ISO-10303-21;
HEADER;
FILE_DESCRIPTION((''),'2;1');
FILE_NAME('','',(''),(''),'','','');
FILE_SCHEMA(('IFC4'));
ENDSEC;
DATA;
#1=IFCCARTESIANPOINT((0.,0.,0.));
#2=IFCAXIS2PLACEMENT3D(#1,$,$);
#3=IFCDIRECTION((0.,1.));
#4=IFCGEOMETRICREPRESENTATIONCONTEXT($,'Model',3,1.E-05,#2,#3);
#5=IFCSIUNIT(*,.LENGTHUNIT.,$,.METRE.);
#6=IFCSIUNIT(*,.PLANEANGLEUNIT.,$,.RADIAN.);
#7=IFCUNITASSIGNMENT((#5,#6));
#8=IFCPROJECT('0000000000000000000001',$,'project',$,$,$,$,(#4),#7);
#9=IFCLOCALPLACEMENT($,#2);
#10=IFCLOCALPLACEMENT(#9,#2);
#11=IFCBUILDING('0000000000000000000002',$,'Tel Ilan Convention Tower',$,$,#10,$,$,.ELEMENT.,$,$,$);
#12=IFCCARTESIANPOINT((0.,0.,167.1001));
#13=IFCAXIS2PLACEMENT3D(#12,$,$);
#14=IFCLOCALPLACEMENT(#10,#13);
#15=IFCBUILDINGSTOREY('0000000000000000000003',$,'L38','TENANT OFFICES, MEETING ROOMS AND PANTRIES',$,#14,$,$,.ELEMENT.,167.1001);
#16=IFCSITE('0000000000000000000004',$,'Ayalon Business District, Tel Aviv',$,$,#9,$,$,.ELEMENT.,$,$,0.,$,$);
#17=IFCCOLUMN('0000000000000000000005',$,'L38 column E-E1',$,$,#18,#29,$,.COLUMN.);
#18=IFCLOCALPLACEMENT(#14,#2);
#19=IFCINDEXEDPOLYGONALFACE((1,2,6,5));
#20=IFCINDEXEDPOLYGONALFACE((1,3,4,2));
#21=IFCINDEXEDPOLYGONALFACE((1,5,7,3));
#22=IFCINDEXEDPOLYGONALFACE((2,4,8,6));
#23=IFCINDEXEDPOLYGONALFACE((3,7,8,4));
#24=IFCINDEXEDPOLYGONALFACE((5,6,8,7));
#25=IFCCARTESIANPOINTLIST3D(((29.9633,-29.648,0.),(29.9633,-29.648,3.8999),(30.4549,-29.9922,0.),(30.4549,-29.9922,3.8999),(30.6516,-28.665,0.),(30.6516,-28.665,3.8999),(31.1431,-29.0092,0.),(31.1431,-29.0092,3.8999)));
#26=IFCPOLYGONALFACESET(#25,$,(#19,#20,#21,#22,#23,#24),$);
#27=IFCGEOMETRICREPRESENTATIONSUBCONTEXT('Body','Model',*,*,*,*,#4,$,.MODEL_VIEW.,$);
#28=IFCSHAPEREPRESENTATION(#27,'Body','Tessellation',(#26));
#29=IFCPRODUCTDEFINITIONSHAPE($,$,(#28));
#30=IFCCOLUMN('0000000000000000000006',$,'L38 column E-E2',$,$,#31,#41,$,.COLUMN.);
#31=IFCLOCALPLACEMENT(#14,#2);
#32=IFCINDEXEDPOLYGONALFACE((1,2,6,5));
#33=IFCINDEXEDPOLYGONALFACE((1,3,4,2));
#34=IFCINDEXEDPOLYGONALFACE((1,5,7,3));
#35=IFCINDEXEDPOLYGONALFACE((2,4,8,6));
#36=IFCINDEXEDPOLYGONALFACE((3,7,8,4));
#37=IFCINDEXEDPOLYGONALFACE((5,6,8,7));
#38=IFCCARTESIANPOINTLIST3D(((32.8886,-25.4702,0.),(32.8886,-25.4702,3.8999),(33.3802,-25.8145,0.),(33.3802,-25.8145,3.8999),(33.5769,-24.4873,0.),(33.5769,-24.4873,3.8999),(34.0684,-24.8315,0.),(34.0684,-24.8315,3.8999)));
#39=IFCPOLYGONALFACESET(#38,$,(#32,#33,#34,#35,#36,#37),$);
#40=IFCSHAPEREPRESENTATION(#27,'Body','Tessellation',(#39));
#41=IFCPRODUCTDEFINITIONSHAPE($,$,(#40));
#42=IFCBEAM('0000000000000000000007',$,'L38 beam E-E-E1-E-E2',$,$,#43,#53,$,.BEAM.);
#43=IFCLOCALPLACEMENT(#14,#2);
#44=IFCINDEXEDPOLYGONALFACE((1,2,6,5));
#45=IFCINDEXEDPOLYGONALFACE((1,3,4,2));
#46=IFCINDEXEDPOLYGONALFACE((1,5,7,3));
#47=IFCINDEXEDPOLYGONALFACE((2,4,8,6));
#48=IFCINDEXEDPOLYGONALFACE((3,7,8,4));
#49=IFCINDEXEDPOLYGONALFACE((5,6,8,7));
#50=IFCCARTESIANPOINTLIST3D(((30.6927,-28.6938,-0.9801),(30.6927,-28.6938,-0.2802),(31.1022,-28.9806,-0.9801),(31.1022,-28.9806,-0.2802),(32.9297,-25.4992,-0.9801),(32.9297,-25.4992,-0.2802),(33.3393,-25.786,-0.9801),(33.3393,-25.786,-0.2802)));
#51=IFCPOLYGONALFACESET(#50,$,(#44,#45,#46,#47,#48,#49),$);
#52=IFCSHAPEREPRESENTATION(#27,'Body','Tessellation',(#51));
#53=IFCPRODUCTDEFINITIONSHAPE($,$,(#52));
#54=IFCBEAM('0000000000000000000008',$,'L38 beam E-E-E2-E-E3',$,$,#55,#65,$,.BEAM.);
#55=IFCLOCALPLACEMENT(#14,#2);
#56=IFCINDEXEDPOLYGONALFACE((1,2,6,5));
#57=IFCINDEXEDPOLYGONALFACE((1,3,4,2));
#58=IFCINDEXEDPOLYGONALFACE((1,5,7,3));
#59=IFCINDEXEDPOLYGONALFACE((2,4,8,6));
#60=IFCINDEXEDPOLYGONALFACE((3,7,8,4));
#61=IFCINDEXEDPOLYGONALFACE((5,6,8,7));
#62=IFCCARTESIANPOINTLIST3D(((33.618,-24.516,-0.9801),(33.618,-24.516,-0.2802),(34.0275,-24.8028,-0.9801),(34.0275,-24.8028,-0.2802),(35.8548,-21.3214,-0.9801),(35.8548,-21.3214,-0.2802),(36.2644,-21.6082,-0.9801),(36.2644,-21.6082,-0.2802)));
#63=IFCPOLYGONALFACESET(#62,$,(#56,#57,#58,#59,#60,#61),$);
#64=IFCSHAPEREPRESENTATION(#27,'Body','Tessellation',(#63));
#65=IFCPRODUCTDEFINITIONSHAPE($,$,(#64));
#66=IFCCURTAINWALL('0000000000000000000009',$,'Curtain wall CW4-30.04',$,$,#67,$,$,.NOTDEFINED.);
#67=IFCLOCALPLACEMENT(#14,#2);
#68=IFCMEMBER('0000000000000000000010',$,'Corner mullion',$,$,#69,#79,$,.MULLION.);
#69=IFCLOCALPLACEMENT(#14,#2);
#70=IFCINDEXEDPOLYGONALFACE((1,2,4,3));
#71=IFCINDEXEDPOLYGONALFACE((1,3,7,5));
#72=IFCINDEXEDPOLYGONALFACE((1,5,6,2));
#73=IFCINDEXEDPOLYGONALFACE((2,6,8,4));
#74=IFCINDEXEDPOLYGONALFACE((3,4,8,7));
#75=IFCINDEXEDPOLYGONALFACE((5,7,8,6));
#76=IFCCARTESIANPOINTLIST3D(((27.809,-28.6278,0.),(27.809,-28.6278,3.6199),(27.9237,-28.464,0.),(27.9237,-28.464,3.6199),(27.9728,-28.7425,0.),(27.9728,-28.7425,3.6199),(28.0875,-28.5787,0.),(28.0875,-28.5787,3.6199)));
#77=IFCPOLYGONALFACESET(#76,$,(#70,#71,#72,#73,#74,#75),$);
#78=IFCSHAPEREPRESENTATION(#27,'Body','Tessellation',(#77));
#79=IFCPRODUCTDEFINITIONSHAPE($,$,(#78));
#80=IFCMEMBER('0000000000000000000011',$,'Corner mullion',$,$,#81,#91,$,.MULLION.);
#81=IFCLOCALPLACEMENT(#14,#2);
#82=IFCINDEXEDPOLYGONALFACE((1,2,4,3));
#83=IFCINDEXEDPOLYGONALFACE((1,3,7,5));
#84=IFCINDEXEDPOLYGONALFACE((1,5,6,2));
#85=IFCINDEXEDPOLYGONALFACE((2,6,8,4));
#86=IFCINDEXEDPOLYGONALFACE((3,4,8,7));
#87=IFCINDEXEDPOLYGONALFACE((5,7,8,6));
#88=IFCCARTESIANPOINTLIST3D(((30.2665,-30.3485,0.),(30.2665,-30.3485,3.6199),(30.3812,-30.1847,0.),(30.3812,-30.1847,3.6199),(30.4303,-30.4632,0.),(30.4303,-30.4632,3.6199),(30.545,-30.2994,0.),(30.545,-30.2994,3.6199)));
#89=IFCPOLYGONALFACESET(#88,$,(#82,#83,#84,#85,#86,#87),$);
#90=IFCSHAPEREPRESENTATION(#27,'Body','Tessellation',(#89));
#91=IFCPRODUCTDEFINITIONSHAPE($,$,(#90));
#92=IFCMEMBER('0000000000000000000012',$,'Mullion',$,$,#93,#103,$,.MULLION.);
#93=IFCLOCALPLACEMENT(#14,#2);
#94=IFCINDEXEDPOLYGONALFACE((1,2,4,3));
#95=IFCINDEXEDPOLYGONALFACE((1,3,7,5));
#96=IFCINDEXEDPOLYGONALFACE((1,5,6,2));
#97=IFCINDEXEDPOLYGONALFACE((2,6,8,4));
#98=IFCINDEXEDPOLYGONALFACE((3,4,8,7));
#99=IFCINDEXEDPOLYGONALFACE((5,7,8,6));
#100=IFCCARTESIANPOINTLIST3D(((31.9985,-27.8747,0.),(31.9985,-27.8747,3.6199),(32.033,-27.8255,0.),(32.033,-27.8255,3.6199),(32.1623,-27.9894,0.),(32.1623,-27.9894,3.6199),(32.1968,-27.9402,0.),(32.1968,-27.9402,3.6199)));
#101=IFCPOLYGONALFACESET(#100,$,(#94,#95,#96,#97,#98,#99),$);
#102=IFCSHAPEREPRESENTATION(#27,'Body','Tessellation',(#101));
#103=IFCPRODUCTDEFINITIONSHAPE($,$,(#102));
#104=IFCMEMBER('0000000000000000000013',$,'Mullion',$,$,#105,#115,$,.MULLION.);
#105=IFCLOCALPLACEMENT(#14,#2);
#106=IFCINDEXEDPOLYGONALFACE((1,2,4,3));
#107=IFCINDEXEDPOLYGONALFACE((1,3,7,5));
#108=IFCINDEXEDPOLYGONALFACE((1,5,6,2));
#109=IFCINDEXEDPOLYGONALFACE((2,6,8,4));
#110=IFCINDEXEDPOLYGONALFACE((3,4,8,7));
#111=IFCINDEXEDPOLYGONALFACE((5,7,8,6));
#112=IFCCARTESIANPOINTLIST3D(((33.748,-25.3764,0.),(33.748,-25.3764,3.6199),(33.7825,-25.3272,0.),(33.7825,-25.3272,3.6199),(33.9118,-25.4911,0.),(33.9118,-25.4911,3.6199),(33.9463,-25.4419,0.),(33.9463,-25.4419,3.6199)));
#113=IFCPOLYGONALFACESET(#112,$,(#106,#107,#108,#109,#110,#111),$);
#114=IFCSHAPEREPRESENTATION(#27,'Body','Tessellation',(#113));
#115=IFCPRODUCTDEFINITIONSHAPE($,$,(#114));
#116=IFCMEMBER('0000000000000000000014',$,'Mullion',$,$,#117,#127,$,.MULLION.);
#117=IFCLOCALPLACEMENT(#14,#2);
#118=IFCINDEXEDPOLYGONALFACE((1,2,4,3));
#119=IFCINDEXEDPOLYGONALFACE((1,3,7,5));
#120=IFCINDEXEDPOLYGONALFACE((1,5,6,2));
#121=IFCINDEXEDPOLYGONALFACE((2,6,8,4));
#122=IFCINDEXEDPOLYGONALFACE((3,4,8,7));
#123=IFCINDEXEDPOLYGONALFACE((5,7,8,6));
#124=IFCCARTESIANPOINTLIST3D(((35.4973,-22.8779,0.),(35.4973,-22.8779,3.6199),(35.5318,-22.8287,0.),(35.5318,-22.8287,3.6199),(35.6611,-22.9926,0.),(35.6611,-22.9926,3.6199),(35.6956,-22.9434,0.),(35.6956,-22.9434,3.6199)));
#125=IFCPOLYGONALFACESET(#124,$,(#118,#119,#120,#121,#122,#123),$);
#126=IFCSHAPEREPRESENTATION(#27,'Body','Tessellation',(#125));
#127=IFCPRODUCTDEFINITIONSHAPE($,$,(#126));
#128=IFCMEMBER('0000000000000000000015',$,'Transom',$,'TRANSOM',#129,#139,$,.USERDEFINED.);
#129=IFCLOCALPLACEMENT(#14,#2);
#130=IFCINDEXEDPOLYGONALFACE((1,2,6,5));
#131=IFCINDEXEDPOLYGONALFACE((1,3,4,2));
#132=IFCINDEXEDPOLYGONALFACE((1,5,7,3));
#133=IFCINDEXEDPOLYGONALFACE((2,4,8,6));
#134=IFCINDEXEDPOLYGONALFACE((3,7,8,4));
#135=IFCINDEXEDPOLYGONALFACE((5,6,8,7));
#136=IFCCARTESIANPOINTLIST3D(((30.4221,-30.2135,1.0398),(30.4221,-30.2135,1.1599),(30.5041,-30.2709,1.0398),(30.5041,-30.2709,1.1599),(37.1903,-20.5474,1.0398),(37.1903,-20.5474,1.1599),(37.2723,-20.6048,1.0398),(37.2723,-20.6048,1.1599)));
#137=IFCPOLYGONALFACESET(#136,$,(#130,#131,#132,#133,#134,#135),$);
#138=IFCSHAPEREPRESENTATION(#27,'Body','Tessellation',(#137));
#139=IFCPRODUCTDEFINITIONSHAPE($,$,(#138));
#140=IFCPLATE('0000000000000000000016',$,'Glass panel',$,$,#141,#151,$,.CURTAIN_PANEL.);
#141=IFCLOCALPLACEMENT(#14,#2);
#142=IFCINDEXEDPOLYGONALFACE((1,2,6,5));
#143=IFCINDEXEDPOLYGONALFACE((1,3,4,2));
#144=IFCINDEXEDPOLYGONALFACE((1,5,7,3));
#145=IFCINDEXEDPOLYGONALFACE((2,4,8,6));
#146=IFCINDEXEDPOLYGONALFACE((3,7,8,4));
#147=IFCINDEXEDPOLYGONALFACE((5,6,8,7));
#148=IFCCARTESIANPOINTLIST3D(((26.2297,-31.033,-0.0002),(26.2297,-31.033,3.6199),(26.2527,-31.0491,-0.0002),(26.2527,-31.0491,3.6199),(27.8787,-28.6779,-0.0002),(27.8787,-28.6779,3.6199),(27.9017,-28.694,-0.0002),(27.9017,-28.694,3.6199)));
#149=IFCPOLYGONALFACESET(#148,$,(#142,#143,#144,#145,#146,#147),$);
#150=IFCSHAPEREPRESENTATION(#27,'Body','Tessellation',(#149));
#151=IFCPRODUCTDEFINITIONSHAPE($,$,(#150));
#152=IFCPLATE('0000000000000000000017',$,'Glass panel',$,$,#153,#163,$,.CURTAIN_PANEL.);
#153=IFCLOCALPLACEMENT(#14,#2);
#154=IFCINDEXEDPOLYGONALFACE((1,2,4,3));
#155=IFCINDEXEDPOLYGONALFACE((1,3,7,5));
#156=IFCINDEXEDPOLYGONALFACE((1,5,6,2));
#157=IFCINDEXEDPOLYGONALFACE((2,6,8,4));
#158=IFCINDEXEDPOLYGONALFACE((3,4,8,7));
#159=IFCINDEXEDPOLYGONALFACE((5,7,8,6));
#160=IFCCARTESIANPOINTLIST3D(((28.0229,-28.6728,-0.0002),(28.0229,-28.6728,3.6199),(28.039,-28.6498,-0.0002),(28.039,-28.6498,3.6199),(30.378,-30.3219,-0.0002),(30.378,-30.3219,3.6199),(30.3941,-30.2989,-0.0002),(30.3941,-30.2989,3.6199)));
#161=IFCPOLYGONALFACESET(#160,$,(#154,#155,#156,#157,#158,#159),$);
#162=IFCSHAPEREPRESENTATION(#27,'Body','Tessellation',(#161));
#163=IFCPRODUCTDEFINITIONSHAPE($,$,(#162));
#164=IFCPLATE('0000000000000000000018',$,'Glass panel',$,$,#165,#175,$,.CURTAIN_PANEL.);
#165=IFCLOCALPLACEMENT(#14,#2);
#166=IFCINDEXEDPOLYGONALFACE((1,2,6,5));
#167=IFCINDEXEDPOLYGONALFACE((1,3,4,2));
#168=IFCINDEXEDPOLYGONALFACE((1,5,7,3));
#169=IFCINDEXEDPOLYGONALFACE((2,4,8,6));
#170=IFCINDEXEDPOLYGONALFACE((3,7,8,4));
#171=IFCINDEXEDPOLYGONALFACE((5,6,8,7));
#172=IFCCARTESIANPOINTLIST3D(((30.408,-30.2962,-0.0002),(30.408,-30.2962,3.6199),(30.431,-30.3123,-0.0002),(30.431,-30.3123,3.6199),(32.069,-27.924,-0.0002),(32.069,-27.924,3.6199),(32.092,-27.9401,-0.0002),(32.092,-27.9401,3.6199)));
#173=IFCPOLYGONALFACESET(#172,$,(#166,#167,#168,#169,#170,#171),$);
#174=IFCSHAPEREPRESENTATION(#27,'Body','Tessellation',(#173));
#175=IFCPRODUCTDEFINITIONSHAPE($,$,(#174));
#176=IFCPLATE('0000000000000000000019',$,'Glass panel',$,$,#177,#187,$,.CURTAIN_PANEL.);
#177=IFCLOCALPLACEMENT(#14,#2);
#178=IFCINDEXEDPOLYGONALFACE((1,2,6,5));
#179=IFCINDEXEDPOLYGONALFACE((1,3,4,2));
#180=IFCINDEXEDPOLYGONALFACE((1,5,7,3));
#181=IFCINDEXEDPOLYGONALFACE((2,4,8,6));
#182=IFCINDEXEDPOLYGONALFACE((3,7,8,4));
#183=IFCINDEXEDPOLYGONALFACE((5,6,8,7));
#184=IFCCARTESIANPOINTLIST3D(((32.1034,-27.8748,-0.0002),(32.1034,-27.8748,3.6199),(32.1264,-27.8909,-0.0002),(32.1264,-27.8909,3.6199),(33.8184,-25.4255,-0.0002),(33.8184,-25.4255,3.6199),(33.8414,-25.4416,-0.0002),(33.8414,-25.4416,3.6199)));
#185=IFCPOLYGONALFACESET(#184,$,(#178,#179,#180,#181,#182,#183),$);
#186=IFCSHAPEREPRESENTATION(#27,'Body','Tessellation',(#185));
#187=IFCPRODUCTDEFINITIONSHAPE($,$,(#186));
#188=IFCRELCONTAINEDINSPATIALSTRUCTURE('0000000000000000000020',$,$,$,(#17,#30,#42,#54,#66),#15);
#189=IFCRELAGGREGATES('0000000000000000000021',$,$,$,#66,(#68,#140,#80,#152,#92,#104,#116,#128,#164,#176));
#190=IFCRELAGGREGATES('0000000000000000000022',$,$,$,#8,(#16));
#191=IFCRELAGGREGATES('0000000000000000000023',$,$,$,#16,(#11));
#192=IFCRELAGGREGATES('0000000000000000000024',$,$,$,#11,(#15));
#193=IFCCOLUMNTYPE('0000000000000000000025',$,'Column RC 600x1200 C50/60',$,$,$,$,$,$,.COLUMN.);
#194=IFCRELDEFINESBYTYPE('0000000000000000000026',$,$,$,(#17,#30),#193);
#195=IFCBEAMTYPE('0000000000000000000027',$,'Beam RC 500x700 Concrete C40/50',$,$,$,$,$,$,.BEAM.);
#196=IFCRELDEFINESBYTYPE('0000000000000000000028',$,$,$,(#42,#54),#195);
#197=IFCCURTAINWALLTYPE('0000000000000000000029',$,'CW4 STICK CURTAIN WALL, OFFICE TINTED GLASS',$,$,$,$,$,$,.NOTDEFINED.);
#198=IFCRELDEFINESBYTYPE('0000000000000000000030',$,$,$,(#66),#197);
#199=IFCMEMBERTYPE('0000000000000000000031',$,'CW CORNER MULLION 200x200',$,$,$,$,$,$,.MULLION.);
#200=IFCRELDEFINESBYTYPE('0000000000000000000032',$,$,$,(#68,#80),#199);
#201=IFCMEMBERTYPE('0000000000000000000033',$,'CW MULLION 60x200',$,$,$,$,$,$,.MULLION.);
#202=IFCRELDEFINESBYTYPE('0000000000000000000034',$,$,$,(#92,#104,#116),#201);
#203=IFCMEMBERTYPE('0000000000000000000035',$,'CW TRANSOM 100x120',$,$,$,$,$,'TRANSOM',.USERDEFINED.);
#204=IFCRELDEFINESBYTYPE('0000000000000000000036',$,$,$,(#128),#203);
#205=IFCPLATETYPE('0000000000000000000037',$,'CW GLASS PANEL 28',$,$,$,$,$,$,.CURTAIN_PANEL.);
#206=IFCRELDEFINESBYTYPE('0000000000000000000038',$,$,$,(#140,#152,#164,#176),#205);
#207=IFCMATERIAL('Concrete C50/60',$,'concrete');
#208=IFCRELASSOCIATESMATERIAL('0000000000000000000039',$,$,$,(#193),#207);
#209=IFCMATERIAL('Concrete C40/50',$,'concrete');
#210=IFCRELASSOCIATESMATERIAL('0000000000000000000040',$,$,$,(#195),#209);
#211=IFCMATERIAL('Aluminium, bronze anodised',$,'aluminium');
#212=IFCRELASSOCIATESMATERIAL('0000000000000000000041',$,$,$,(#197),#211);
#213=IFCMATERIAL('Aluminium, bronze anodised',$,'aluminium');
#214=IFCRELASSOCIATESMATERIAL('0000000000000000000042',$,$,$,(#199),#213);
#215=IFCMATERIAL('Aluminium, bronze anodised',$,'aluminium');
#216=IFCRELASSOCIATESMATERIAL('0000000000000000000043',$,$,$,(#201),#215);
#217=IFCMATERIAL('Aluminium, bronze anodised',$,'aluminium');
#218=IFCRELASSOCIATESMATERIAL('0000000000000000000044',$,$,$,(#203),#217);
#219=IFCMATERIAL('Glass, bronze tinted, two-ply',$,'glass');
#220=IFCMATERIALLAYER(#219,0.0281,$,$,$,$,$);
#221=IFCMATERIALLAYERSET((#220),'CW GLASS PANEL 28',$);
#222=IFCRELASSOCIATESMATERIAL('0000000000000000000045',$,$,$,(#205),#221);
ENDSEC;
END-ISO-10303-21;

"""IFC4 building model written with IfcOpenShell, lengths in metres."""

from ifc_helpers import new_model, si_unit, direction, frame, origin, origin_2d, place, context, subcontext, project, spatial, rectangle, extrude, material, layer, layer_set, material_profile, profile_set, type_object, element, aggregate, save


model = new_model("IFC4")

# Units and contexts
model_context = context("Model", 3, precision=1e-05, world=origin(), true_north=direction((0.0, 1.0)))
body_context = subcontext(model_context, "Body", "Model", "MODEL_VIEW")
ifc_project = project(units=[si_unit("LENGTHUNIT", "METRE"), si_unit("PLANEANGLEUNIT", "RADIAN")], contexts=[model_context])

# Site, building, storey
site_placement = place(None, origin())
site = spatial("IfcSite", under=ifc_project, at=site_placement, Name="Ayalon Business District, Tel Aviv", CompositionType="ELEMENT", RefElevation=0.0)
building_placement = place(site_placement, origin())
building = spatial("IfcBuilding", under=site, at=building_placement, Name="Tel Ilan Convention Tower", CompositionType="ELEMENT")
storey_placement = place(building_placement, frame((0.0, 0.0, 167.1001)))
storey = spatial("IfcBuildingStorey", under=building, at=storey_placement, Name="L38", Description="TENANT OFFICES, MEETING ROOMS AND PANTRIES", CompositionType="ELEMENT", Elevation=167.1001)

# Columns
ifc_material_1 = material(Name="Concrete C50/60", Category="concrete")
ifc_material_profile_1 = material_profile(ifc_material_1, rectangle(XDim=1.2, YDim=0.6001, at=origin_2d()), Name="RC 600x1200")
ifc_profile_set_1 = profile_set([ifc_material_profile_1], Name="Concrete C50/60")
column_type = type_object("IfcColumnType", Name="Column RC 600x1200 C50/60", PredefinedType="COLUMN", material=ifc_profile_set_1)
for number, where, z_axis, x_axis, name in (
    (1, (30.5532, -29.3286, 0.0), (0.0, 0.0, 1.0), (0.573576, 0.819152, 0.0), "L38 column E-E1"),
    (2, (33.4785, -25.1509, 0.0), (0.0, 0.0, 1.0), (0.573576, 0.819152, 0.0), "L38 column E-E2"),
):
    element("IfcColumn", number, at=place(storey_placement, frame(where, z_axis=z_axis, x_axis=x_axis)), inside=storey, type_object=column_type, Name=name, PredefinedType="COLUMN", context=body_context, shape_type="SweptSolid", body=[
        extrude(rectangle(XDim=1.2, YDim=0.6001, at=origin_2d()), origin(), (0.0, 0.0, 1.0), 3.8999),
    ])

# Beams
ifc_material_2 = material(Name="Concrete C40/50", Category="concrete")
ifc_material_profile_2 = material_profile(ifc_material_2, rectangle(XDim=0.5, YDim=0.7, at=origin_2d()), Name="RC 500x700")
ifc_profile_set_2 = profile_set([ifc_material_profile_2], Name="Concrete C40/50")
beam_type = type_object("IfcBeamType", Name="Beam RC 500x700 Concrete C40/50", PredefinedType="BEAM", material=ifc_profile_set_2)
for number, where, z_axis, x_axis, name in (
    (3, (30.8975, -28.8372, -0.6301), (0.573609, 0.819129, 0.0), (-0.819129, 0.573609, 0.0), "L38 beam E-E-E1-E-E2"),
    (4, (33.8228, -24.6594, -0.6301), (0.573567, 0.819158, 0.0), (-0.819158, 0.573567, 0.0), "L38 beam E-E-E2-E-E3"),
):
    element("IfcBeam", number, at=place(storey_placement, frame(where, z_axis=z_axis, x_axis=x_axis)), inside=storey, type_object=beam_type, Name=name, PredefinedType="BEAM", context=body_context, shape_type="SweptSolid", body=[
        extrude(rectangle(XDim=0.5, YDim=0.7, at=origin_2d()), origin(), (0.0, 0.0, 1.0), 3.8999),
    ])

# Curtain wall, members, plates
ifc_material_3 = material(Name="Aluminium, bronze anodised", Category="aluminium")
curtain_wall_type = type_object("IfcCurtainWallType", Name="CW4 STICK CURTAIN WALL, OFFICE TINTED GLASS", PredefinedType="NOTDEFINED", material=ifc_material_3)
curtain_wall_placement = place(storey_placement, origin())
curtain_wall = element("IfcCurtainWall", 5, at=curtain_wall_placement, inside=storey, type_object=curtain_wall_type, Name="Curtain wall CW4-30.04", PredefinedType="NOTDEFINED")
ifc_material_4 = material(Name="Aluminium, bronze anodised", Category="aluminium")
ifc_material_profile_3 = material_profile(ifc_material_4, rectangle(XDim=0.2, YDim=0.2, at=origin_2d()), Name="CW CORNER MULLION 200x200")
ifc_profile_set_3 = profile_set([ifc_material_profile_3], Name="Aluminium, bronze anodised")
member_type_1 = type_object("IfcMemberType", Name="CW CORNER MULLION 200x200", PredefinedType="MULLION", material=ifc_profile_set_3)
member_1_placement = place(storey_placement, frame((27.9482, -28.6033, 0.0), z_axis=(0.0, 0.0, 1.0), x_axis=(0.573576, 0.819152, 0.0)))
member_1 = element("IfcMember", 6, at=member_1_placement, type_object=member_type_1, Name="Corner mullion", PredefinedType="MULLION", context=body_context, shape_type="SweptSolid", body=[
    extrude(rectangle(XDim=0.2, YDim=0.2, at=origin_2d()), origin(), (0.0, 0.0, 1.0), 3.6199),
])
member_2_placement = place(storey_placement, frame((30.4058, -30.324, 0.0), z_axis=(0.0, 0.0, 1.0), x_axis=(0.819152, -0.573576, 0.0)))
member_2 = element("IfcMember", 7, at=member_2_placement, type_object=member_type_1, Name="Corner mullion", PredefinedType="MULLION", context=body_context, shape_type="SweptSolid", body=[
    extrude(rectangle(XDim=0.2, YDim=0.2, at=origin_2d()), origin(), (0.0, 0.0, 1.0), 3.6199),
])
ifc_material_5 = material(Name="Aluminium, bronze anodised", Category="aluminium")
ifc_material_profile_4 = material_profile(ifc_material_5, rectangle(XDim=0.0601, YDim=0.2, at=origin_2d()), Name="CW MULLION 60x200")
ifc_profile_set_4 = profile_set([ifc_material_profile_4], Name="Aluminium, bronze anodised")
member_type_2 = type_object("IfcMemberType", Name="CW MULLION 60x200", PredefinedType="MULLION", material=ifc_profile_set_4)
member_3_placement = place(storey_placement, frame((32.0977, -27.9075, 0.0), z_axis=(0.0, 0.0, 1.0), x_axis=(0.573576, 0.819152, 0.0)))
member_3 = element("IfcMember", 8, at=member_3_placement, type_object=member_type_2, Name="Mullion", PredefinedType="MULLION", context=body_context, shape_type="SweptSolid", body=[
    extrude(rectangle(XDim=0.0601, YDim=0.2, at=origin_2d()), origin(), (0.0, 0.0, 1.0), 3.6199),
])
member_4_placement = place(storey_placement, frame((33.8472, -25.4092, 0.0), z_axis=(0.0, 0.0, 1.0), x_axis=(0.573576, 0.819152, 0.0)))
member_4 = element("IfcMember", 9, at=member_4_placement, type_object=member_type_2, Name="Mullion", PredefinedType="MULLION", context=body_context, shape_type="SweptSolid", body=[
    extrude(rectangle(XDim=0.0601, YDim=0.2, at=origin_2d()), origin(), (0.0, 0.0, 1.0), 3.6199),
])
member_5_placement = place(storey_placement, frame((35.5964, -22.9106, 0.0), z_axis=(0.0, 0.0, 1.0), x_axis=(0.573576, 0.819152, 0.0)))
member_5 = element("IfcMember", 10, at=member_5_placement, type_object=member_type_2, Name="Mullion", PredefinedType="MULLION", context=body_context, shape_type="SweptSolid", body=[
    extrude(rectangle(XDim=0.0601, YDim=0.2, at=origin_2d()), origin(), (0.0, 0.0, 1.0), 3.6199),
])
ifc_material_6 = material(Name="Aluminium, bronze anodised", Category="aluminium")
ifc_material_profile_5 = material_profile(ifc_material_6, rectangle(XDim=0.1001, YDim=0.1201, at=origin_2d()), Name="CW TRANSOM 100x120")
ifc_profile_set_5 = profile_set([ifc_material_profile_5], Name="Aluminium, bronze anodised")
member_type_3 = type_object("IfcMemberType", Name="CW TRANSOM 100x120", ElementType="TRANSOM", PredefinedType="USERDEFINED", material=ifc_profile_set_5)
member_6_placement = place(storey_placement, frame((30.4631, -30.2422, 1.0999), z_axis=(0.573568, 0.819158, 0.0), x_axis=(-0.819158, 0.573568, 0.0)))
member_6 = element("IfcMember", 11, at=member_6_placement, type_object=member_type_3, Name="Transom", ObjectType="TRANSOM", PredefinedType="USERDEFINED", context=body_context, shape_type="SweptSolid", body=[
    extrude(rectangle(XDim=0.1001, YDim=0.1201, at=origin_2d()), origin(), (0.0, 0.0, 1.0), 11.8),
])
ifc_material_7 = material(Name="Glass, bronze tinted, two-ply", Category="glass")
ifc_layer_1 = layer(ifc_material_7, 0.0281)
ifc_layer_set_1 = layer_set([ifc_layer_1], Name="CW GLASS PANEL 28")
plate_type = type_object("IfcPlateType", Name="CW GLASS PANEL 28", PredefinedType="CURTAIN_PANEL", material=ifc_layer_set_1)
plate_1_placement = place(storey_placement, frame((27.0657, -29.8635, -0.0002), z_axis=(0.0, 0.0, 1.0), x_axis=(0.573576, 0.819152, 0.0)))
plate_1 = element("IfcPlate", 12, at=plate_1_placement, type_object=plate_type, Name="Glass panel", PredefinedType="CURTAIN_PANEL", context=body_context, shape_type="SweptSolid", body=[
    extrude(rectangle(XDim=2.875, YDim=0.0281, at=origin_2d()), origin(), (0.0, 0.0, 1.0), 3.6201),
])
plate_2_placement = place(storey_placement, frame((29.2085, -29.4858, -0.0002), z_axis=(0.0, 0.0, 1.0), x_axis=(0.819152, -0.573576, 0.0)))
plate_2 = element("IfcPlate", 13, at=plate_2_placement, type_object=plate_type, Name="Glass panel", PredefinedType="CURTAIN_PANEL", context=body_context, shape_type="SweptSolid", body=[
    extrude(rectangle(XDim=2.875, YDim=0.0281, at=origin_2d()), origin(), (0.0, 0.0, 1.0), 3.6201),
])
plate_3_placement = place(storey_placement, frame((31.25, -29.1182, -0.0002), z_axis=(0.0, 0.0, 1.0), x_axis=(0.573576, 0.819152, 0.0)))
plate_3 = element("IfcPlate", 14, at=plate_3_placement, type_object=plate_type, Name="Glass panel", PredefinedType="CURTAIN_PANEL", context=body_context, shape_type="SweptSolid", body=[
    extrude(rectangle(XDim=2.896, YDim=0.0281, at=origin_2d()), origin(), (0.0, 0.0, 1.0), 3.6201),
])
plate_4_placement = place(storey_placement, frame((32.9724, -26.6582, -0.0002), z_axis=(0.0, 0.0, 1.0), x_axis=(0.573576, 0.819152, 0.0)))
plate_4 = element("IfcPlate", 15, at=plate_4_placement, type_object=plate_type, Name="Glass panel", PredefinedType="CURTAIN_PANEL", context=body_context, shape_type="SweptSolid", body=[
    extrude(rectangle(XDim=2.99, YDim=0.0281, at=origin_2d()), origin(), (0.0, 0.0, 1.0), 3.6201),
])
aggregate(curtain_wall, [member_1, plate_1, member_2, plate_2, member_3, member_4, member_5, member_6, plate_3, plate_4])

save(model, "model.ifc")
